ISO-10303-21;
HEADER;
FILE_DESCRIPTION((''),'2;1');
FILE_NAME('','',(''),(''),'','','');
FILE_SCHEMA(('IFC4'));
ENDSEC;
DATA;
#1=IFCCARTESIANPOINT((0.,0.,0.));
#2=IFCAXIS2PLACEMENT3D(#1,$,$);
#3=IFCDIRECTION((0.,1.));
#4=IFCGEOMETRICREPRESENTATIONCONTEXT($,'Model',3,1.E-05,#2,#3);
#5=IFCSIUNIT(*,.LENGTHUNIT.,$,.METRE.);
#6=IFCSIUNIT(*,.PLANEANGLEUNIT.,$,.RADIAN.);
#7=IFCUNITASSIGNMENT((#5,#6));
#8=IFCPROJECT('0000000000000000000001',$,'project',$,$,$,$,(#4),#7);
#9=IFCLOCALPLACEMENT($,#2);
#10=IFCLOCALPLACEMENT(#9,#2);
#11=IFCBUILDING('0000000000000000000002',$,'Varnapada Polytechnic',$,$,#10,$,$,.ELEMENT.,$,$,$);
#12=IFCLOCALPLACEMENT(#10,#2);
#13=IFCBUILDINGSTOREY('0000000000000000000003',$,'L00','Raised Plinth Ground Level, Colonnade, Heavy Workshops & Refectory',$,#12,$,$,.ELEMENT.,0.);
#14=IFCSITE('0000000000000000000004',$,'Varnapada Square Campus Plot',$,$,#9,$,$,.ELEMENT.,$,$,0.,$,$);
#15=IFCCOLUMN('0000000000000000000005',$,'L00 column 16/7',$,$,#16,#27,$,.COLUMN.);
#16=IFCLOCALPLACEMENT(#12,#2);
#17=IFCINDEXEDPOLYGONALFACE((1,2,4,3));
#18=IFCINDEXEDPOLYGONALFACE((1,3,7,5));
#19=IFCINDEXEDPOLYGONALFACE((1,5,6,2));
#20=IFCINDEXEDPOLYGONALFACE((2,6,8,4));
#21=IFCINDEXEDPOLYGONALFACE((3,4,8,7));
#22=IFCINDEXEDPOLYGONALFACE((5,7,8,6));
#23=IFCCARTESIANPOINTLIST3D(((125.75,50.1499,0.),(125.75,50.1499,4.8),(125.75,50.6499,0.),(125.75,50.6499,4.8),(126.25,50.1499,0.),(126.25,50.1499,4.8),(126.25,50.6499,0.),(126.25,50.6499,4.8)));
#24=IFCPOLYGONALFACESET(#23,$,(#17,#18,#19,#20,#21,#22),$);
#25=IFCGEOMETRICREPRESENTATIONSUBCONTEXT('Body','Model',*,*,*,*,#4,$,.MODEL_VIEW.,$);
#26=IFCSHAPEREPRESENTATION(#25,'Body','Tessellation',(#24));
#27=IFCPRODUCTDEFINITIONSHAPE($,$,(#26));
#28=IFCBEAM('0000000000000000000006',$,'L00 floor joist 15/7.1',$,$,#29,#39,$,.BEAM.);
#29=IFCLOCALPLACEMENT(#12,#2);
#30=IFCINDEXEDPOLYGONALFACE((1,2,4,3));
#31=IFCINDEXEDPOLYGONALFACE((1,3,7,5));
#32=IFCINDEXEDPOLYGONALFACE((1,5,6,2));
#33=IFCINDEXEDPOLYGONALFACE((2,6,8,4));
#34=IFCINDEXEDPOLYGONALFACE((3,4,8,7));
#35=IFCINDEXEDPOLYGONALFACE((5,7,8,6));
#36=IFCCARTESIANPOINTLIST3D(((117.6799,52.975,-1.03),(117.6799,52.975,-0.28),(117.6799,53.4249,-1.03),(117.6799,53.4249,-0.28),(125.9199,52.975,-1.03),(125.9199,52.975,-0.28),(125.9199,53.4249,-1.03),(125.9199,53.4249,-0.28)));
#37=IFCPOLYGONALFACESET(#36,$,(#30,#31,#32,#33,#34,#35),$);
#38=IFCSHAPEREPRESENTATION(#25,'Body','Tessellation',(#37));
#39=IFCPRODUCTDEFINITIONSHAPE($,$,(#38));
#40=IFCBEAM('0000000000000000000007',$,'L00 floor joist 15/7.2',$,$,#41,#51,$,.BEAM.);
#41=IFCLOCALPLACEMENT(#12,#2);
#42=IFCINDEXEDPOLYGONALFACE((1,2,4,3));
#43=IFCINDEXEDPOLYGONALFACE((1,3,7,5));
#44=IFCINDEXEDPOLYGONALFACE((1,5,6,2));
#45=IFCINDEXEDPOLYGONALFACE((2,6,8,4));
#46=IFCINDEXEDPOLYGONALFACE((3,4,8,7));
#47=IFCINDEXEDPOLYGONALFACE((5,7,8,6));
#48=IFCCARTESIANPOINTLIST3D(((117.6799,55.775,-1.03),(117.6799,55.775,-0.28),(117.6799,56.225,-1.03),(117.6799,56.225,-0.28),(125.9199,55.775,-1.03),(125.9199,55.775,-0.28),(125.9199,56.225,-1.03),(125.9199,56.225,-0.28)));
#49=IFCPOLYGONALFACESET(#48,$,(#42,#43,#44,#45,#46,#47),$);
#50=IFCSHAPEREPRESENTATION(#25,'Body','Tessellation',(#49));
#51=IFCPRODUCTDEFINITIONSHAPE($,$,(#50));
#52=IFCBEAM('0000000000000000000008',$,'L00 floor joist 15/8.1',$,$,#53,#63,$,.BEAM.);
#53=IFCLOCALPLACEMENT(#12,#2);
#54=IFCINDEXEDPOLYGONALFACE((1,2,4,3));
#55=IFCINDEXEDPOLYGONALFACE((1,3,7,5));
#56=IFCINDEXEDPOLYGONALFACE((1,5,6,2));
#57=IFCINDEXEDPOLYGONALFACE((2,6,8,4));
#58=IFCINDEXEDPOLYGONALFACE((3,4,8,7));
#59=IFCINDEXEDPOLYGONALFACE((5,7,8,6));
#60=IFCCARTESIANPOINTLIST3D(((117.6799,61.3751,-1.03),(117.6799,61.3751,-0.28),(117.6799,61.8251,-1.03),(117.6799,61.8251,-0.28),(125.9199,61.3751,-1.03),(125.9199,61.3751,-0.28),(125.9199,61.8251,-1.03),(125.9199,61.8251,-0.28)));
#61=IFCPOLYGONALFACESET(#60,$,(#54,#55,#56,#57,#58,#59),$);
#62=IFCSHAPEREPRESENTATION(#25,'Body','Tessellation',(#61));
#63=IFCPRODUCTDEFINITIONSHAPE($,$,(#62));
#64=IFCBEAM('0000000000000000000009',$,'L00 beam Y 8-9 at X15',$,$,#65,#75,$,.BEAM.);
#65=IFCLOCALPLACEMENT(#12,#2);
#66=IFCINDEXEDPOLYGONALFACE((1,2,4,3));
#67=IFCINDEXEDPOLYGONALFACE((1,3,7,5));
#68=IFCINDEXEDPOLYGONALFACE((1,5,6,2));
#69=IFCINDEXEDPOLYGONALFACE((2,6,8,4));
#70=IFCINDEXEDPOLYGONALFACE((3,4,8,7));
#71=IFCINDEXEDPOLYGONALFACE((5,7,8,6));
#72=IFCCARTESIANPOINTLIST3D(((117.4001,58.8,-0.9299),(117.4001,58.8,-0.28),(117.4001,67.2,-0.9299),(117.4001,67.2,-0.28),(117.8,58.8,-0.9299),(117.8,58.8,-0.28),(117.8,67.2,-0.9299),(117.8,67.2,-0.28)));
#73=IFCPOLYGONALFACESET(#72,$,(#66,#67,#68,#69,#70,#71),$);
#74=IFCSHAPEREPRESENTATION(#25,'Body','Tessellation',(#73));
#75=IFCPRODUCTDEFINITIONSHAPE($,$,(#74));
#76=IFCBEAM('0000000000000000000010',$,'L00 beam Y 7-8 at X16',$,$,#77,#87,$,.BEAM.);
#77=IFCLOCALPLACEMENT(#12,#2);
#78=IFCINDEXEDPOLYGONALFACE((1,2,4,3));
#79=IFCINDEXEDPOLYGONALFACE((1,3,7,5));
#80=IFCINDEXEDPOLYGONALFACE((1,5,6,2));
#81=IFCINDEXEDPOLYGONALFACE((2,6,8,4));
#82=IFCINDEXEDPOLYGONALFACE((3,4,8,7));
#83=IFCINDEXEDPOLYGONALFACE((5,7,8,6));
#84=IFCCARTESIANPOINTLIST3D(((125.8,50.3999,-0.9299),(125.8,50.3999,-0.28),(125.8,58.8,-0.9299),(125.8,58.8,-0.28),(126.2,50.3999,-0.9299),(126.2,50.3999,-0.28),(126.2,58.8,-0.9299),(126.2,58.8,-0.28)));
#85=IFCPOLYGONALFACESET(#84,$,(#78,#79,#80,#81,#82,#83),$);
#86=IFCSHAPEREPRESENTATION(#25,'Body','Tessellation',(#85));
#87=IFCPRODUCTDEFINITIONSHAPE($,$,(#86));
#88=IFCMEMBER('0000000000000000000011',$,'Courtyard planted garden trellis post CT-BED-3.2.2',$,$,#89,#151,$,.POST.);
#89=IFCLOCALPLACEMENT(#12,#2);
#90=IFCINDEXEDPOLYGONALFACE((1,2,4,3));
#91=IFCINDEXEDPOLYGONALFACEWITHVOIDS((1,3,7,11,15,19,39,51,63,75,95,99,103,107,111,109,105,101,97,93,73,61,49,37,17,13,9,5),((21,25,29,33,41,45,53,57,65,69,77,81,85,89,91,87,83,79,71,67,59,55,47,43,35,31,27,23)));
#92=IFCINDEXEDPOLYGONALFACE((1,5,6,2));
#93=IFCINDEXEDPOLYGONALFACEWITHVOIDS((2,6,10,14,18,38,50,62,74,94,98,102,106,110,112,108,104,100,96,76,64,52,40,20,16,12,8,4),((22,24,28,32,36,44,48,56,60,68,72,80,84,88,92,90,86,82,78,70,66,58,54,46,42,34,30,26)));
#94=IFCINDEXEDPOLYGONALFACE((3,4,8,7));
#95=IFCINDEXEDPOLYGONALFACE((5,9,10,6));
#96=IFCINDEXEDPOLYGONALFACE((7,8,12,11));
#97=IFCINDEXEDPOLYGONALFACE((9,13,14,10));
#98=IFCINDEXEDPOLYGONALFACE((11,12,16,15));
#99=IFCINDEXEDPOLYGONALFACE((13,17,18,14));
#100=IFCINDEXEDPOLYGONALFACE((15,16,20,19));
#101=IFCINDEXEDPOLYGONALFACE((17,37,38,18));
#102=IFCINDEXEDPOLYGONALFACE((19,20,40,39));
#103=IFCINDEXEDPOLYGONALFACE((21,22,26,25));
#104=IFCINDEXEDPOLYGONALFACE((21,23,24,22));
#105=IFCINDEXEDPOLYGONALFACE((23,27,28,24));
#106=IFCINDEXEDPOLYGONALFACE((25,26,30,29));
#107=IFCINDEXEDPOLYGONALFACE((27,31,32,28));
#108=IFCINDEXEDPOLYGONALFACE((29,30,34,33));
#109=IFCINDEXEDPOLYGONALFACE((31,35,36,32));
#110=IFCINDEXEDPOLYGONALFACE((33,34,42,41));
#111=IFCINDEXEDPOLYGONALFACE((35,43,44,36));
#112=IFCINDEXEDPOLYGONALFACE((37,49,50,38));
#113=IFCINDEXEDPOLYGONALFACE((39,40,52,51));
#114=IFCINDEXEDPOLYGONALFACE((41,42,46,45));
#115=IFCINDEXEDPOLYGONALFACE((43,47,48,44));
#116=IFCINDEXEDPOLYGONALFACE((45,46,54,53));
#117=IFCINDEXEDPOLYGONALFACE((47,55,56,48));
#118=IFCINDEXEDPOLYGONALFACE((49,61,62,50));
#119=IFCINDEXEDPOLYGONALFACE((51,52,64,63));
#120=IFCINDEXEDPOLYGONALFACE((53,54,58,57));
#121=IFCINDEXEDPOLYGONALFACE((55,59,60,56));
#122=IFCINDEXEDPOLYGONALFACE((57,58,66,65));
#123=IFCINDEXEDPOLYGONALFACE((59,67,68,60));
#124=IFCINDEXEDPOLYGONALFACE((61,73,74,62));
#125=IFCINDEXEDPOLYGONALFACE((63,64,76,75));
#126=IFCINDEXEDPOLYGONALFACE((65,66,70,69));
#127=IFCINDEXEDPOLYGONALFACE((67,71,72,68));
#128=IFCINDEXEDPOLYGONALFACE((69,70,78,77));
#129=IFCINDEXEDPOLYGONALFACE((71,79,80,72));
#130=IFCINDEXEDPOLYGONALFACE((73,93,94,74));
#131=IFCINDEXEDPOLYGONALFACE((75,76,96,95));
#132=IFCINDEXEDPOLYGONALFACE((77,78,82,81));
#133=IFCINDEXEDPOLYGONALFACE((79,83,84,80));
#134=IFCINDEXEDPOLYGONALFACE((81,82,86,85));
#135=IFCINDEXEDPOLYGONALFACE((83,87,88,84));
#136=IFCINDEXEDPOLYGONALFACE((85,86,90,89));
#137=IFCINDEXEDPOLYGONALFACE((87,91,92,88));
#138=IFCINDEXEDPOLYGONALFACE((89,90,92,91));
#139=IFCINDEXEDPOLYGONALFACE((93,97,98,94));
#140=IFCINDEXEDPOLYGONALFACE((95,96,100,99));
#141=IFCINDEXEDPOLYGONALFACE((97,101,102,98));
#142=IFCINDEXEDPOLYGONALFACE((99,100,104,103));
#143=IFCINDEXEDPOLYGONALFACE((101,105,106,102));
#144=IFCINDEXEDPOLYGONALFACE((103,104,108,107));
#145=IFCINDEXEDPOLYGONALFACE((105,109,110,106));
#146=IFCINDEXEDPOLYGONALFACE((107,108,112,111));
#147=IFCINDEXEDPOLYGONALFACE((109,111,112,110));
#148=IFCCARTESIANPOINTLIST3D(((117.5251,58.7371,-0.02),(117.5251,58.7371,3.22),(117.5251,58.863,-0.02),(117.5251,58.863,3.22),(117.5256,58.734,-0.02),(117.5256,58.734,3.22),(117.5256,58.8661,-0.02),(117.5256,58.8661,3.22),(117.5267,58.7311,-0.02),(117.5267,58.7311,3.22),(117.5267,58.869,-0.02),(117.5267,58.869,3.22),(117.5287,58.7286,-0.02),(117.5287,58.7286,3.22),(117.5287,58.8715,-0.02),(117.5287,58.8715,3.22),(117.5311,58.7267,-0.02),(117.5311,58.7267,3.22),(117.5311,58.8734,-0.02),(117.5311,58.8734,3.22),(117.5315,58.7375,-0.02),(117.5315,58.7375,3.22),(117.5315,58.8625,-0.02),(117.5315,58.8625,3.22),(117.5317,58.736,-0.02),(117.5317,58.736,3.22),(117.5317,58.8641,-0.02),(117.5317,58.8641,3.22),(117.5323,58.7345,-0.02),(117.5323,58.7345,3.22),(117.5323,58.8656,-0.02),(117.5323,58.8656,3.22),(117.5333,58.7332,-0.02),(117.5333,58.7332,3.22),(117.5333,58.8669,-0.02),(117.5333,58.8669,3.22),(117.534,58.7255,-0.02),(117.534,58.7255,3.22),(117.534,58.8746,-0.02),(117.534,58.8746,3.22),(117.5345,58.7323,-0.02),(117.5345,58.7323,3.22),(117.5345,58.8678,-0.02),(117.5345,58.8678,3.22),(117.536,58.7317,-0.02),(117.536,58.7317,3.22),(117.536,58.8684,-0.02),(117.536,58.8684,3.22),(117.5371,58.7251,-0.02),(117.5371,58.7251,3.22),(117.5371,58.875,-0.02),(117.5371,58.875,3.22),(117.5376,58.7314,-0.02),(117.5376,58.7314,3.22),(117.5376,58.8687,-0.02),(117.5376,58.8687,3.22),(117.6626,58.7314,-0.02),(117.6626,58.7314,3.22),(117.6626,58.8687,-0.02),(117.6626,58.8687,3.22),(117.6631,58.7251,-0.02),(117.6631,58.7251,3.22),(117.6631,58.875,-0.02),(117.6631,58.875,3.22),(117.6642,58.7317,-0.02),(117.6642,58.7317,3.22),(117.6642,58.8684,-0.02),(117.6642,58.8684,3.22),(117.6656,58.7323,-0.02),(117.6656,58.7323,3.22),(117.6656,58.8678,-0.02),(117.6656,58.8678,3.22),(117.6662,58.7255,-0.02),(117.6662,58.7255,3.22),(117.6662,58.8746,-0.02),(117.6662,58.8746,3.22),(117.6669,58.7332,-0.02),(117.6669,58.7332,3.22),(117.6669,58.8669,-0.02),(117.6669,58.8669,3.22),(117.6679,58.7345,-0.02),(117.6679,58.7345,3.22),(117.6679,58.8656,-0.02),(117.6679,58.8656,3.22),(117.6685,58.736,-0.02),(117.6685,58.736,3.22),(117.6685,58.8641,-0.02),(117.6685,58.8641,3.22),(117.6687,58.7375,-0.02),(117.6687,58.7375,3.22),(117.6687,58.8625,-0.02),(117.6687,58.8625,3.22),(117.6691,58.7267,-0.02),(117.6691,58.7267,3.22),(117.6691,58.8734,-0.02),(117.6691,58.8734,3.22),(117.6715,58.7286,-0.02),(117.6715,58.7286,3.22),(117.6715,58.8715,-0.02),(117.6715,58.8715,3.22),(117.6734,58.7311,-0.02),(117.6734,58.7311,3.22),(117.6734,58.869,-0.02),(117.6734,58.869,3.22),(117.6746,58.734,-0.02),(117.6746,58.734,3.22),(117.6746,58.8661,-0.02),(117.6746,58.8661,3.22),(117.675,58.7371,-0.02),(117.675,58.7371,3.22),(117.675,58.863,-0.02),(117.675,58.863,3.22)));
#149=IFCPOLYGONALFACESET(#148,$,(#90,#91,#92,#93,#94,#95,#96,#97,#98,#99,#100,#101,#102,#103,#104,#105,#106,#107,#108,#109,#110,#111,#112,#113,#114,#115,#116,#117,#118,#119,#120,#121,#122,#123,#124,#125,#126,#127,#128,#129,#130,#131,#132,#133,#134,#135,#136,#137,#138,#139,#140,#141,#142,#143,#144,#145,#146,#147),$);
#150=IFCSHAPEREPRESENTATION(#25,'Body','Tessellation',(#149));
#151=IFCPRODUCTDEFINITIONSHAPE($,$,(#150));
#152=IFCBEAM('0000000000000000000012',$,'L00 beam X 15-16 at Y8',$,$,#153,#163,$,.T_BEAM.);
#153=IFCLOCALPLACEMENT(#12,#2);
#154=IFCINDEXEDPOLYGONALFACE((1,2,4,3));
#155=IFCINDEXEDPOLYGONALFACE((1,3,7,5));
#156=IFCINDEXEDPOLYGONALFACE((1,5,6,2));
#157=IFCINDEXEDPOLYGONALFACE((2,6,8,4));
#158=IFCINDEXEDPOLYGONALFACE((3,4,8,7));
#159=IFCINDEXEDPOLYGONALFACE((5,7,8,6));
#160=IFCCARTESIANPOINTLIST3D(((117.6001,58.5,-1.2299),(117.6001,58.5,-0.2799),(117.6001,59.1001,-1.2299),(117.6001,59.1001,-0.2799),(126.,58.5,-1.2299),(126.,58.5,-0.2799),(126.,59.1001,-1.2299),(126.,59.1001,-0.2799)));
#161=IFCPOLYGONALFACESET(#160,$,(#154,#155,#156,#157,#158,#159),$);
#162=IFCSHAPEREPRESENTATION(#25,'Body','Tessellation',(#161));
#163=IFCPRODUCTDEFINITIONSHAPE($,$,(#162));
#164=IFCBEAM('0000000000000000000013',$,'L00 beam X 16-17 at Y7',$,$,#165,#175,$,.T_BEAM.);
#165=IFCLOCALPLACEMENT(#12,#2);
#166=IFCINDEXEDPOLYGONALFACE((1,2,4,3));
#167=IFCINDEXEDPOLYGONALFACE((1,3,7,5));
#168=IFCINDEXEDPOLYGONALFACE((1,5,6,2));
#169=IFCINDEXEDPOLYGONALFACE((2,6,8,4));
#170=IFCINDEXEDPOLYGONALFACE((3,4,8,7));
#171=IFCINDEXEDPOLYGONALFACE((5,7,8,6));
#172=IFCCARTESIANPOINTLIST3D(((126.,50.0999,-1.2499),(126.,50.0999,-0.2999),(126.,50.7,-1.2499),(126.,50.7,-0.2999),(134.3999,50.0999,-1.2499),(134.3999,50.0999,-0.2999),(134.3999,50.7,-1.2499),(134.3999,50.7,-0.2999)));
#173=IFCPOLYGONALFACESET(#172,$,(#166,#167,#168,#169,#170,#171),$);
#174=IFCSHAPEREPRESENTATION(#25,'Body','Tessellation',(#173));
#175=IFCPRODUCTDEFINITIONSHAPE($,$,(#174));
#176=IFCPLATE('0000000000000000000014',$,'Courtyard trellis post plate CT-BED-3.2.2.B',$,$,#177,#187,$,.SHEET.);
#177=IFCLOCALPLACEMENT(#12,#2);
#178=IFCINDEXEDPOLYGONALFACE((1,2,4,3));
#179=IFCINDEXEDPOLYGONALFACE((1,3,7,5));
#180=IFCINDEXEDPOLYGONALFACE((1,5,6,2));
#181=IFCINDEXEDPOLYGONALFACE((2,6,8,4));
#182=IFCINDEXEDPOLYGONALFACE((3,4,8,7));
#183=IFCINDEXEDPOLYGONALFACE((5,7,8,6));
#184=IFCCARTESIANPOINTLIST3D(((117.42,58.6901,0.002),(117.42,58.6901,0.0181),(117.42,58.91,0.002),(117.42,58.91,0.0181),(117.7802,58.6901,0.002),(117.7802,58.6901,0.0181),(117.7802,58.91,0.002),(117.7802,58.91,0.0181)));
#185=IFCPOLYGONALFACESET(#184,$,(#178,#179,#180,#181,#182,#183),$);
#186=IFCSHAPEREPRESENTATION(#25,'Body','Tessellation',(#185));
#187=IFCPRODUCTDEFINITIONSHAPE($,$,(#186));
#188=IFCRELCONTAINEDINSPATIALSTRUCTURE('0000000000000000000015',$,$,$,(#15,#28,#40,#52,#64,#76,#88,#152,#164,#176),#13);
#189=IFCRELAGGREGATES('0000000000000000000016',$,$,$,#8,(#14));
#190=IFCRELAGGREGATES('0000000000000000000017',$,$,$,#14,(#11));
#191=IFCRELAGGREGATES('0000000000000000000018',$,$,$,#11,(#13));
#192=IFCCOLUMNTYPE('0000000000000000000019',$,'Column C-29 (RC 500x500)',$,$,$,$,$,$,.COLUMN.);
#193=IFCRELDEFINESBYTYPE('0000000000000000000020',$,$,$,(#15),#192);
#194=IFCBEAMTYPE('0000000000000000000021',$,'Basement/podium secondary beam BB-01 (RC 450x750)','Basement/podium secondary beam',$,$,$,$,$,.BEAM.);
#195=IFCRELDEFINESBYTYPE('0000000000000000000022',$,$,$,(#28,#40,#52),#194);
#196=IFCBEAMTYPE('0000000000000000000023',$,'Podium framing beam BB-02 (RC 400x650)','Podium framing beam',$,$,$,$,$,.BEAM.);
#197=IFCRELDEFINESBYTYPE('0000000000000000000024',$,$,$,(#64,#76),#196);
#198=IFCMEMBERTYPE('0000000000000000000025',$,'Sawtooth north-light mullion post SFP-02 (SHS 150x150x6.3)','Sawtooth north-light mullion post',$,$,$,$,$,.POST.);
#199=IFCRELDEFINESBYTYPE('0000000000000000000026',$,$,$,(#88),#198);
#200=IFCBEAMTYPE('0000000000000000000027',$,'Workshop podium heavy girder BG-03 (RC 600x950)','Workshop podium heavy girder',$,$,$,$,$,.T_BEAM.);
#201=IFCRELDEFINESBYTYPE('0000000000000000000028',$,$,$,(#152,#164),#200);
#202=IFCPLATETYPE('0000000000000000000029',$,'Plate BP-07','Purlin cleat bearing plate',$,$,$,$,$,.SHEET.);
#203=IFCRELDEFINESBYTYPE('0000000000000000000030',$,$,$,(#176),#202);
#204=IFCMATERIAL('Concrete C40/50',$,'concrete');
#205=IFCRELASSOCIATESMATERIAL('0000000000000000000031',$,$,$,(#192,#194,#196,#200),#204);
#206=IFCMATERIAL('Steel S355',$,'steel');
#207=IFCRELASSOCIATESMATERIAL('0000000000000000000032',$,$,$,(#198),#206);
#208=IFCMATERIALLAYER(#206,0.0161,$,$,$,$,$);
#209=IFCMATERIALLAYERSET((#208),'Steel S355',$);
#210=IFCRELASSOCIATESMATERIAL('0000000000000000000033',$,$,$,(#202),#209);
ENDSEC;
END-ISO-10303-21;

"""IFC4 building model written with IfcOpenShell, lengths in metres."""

from ifc_helpers import new_model, si_unit, direction, frame, origin, origin_2d, place, context, subcontext, project, spatial, rectangle, hollow_rectangle, extrude, material, layer, layer_set, material_profile, profile_set, type_object, element, save


model = new_model("IFC4")

# Units and contexts
model_context = context("Model", 3, precision=1e-05, world=origin(), true_north=direction((0.0, 1.0)))
body_context = subcontext(model_context, "Body", "Model", "MODEL_VIEW")
ifc_project = project(units=[si_unit("LENGTHUNIT", "METRE"), si_unit("PLANEANGLEUNIT", "RADIAN")], contexts=[model_context])

# Site, building, storey
site_placement = place(None, origin())
site = spatial("IfcSite", under=ifc_project, at=site_placement, Name="Varnapada Square Campus Plot", CompositionType="ELEMENT", RefElevation=0.0)
building_placement = place(site_placement, origin())
building = spatial("IfcBuilding", under=site, at=building_placement, Name="Varnapada Polytechnic", CompositionType="ELEMENT")
storey_placement = place(building_placement, origin())
storey = spatial("IfcBuildingStorey", under=building, at=storey_placement, Name="L00", Description="Raised Plinth Ground Level, Colonnade, Heavy Workshops & Refectory", CompositionType="ELEMENT", Elevation=0.0)

# Column
ifc_material_1 = material(Name="Concrete C40/50", Category="concrete")
ifc_material_profile_1 = material_profile(ifc_material_1, rectangle(XDim=0.5, YDim=0.5, at=origin_2d()), Name="RC 500x500")
ifc_profile_set_1 = profile_set([ifc_material_profile_1], Name="Concrete C40/50")
column_type = type_object("IfcColumnType", Name="Column C-29 (RC 500x500)", PredefinedType="COLUMN", material=ifc_profile_set_1)
column_placement = place(storey_placement, frame((126.0, 50.3999, 0.0), z_axis=(0.0, 0.0, 1.0), x_axis=(1.0, 0.0, 0.0)))
element("IfcColumn", 1, at=column_placement, inside=storey, type_object=column_type, Name="L00 column 16/7", PredefinedType="COLUMN", context=body_context, shape_type="SweptSolid", body=[
    extrude(rectangle(XDim=0.5, YDim=0.5, at=origin_2d()), origin(), (0.0, 0.0, 1.0), 4.8),
])

# Beams
ifc_material_profile_2 = material_profile(ifc_material_1, rectangle(XDim=0.45, YDim=0.75, at=origin_2d()), Name="RC 450x750")
ifc_profile_set_2 = profile_set([ifc_material_profile_2], Name="Concrete C40/50")
beam_type_1 = type_object("IfcBeamType", Name="Basement/podium secondary beam BB-01 (RC 450x750)", Description="Basement/podium secondary beam", PredefinedType="BEAM", material=ifc_profile_set_2)
for number, where, z_axis, x_axis, name in (
    (2, (117.6799, 53.2, -0.655), (1.0, 0.0, 0.0), (0.0, 1.0, 0.0), "L00 floor joist 15/7.1"),
    (3, (117.6799, 56.0, -0.655), (1.0, 0.0, 0.0), (0.0, 1.0, 0.0), "L00 floor joist 15/7.2"),
    (4, (117.6799, 61.6001, -0.655), (1.0, 0.0, 0.0), (0.0, 1.0, 0.0), "L00 floor joist 15/8.1"),
):
    element("IfcBeam", number, at=place(storey_placement, frame(where, z_axis=z_axis, x_axis=x_axis)), inside=storey, type_object=beam_type_1, Name=name, PredefinedType="BEAM", context=body_context, shape_type="SweptSolid", body=[
        extrude(rectangle(XDim=0.45, YDim=0.75, at=origin_2d()), origin(), (0.0, 0.0, 1.0), 8.24),
    ])
ifc_material_profile_3 = material_profile(ifc_material_1, rectangle(XDim=0.3999, YDim=0.6499, at=origin_2d()), Name="RC 400x650")
ifc_profile_set_3 = profile_set([ifc_material_profile_3], Name="Concrete C40/50")
beam_type_2 = type_object("IfcBeamType", Name="Podium framing beam BB-02 (RC 400x650)", Description="Podium framing beam", PredefinedType="BEAM", material=ifc_profile_set_3)
beam_1_placement = place(storey_placement, frame((117.6001, 58.8, -0.605), z_axis=(0.0, 1.0, 0.0), x_axis=(-1.0, 0.0, 0.0)))
element("IfcBeam", 5, at=beam_1_placement, inside=storey, type_object=beam_type_2, Name="L00 beam Y 8-9 at X15", PredefinedType="BEAM", context=body_context, shape_type="SweptSolid", body=[
    extrude(rectangle(XDim=0.3999, YDim=0.6499, at=origin_2d()), origin(), (0.0, 0.0, 1.0), 8.3999),
])
beam_2_placement = place(storey_placement, frame((126.0, 50.3999, -0.605), z_axis=(0.0, 1.0, 0.0), x_axis=(-1.0, 0.0, 0.0)))
element("IfcBeam", 6, at=beam_2_placement, inside=storey, type_object=beam_type_2, Name="L00 beam Y 7-8 at X16", PredefinedType="BEAM", context=body_context, shape_type="SweptSolid", body=[
    extrude(rectangle(XDim=0.3999, YDim=0.6499, at=origin_2d()), origin(), (0.0, 0.0, 1.0), 8.4001),
])

# Member
ifc_material_2 = material(Name="Steel S355", Category="steel")
ifc_material_profile_4 = material_profile(ifc_material_2, hollow_rectangle(XDim=0.1499, YDim=0.1499, WallThickness=0.0063, InnerFilletRadius=0.0061, OuterFilletRadius=0.012, at=origin_2d()), Name="SHS 150x150x6.3")
ifc_profile_set_4 = profile_set([ifc_material_profile_4], Name="Steel S355")
member_type = type_object("IfcMemberType", Name="Sawtooth north-light mullion post SFP-02 (SHS 150x150x6.3)", Description="Sawtooth north-light mullion post", PredefinedType="POST", material=ifc_profile_set_4)
member_placement = place(storey_placement, frame((117.6001, 58.8, -0.02), z_axis=(0.0, 0.0, 1.0), x_axis=(1.0, 0.0, 0.0)))
element("IfcMember", 7, at=member_placement, inside=storey, type_object=member_type, Name="Courtyard planted garden trellis post CT-BED-3.2.2", PredefinedType="POST", context=body_context, shape_type="SweptSolid", body=[
    extrude(hollow_rectangle(XDim=0.1499, YDim=0.1499, WallThickness=0.0063, InnerFilletRadius=0.0061, OuterFilletRadius=0.012, at=origin_2d()), origin(), (0.0, 0.0, 1.0), 3.24),
])

# Beams
ifc_material_profile_5 = material_profile(ifc_material_1, rectangle(XDim=0.6001, YDim=0.95, at=origin_2d()), Name="RC 600x950")
ifc_profile_set_5 = profile_set([ifc_material_profile_5], Name="Concrete C40/50")
beam_type_3 = type_object("IfcBeamType", Name="Workshop podium heavy girder BG-03 (RC 600x950)", Description="Workshop podium heavy girder", PredefinedType="T_BEAM", material=ifc_profile_set_5)
for number, where, z_axis, x_axis, name in (
    (8, (117.6001, 58.8, -0.7549), (1.0, 0.0, 0.0), (0.0, 1.0, 0.0), "L00 beam X 15-16 at Y8"),
    (9, (126.0, 50.3999, -0.7749), (1.0, 0.0, 0.0), (0.0, 1.0, 0.0), "L00 beam X 16-17 at Y7"),
):
    element("IfcBeam", number, at=place(storey_placement, frame(where, z_axis=z_axis, x_axis=x_axis)), inside=storey, type_object=beam_type_3, Name=name, PredefinedType="T_BEAM", context=body_context, shape_type="SweptSolid", body=[
        extrude(rectangle(XDim=0.6001, YDim=0.95, at=origin_2d()), origin(), (0.0, 0.0, 1.0), 8.3999),
    ])

# Plate
ifc_layer_1 = layer(ifc_material_2, 0.0161)
ifc_layer_set_1 = layer_set([ifc_layer_1], Name="Steel S355")
plate_type = type_object("IfcPlateType", Name="Plate BP-07", Description="Purlin cleat bearing plate", PredefinedType="SHEET", material=ifc_layer_set_1)
for number, where, z_axis, x_axis, name in (
    (10, (117.6001, 58.8, 0.002), (0.0, 0.0, 1.0), (1.0, 0.0, 0.0), "Courtyard trellis post plate CT-BED-3.2.2.B"),
):
    element("IfcPlate", number, at=place(storey_placement, frame(where, z_axis=z_axis, x_axis=x_axis)), inside=storey, type_object=plate_type, Name=name, PredefinedType="SHEET", context=body_context, shape_type="SweptSolid", body=[
        extrude(rectangle(XDim=0.3601, YDim=0.22, at=origin_2d()), origin(), (0.0, 0.0, 1.0), 0.0161),
    ])

save(model, "model.ifc")
